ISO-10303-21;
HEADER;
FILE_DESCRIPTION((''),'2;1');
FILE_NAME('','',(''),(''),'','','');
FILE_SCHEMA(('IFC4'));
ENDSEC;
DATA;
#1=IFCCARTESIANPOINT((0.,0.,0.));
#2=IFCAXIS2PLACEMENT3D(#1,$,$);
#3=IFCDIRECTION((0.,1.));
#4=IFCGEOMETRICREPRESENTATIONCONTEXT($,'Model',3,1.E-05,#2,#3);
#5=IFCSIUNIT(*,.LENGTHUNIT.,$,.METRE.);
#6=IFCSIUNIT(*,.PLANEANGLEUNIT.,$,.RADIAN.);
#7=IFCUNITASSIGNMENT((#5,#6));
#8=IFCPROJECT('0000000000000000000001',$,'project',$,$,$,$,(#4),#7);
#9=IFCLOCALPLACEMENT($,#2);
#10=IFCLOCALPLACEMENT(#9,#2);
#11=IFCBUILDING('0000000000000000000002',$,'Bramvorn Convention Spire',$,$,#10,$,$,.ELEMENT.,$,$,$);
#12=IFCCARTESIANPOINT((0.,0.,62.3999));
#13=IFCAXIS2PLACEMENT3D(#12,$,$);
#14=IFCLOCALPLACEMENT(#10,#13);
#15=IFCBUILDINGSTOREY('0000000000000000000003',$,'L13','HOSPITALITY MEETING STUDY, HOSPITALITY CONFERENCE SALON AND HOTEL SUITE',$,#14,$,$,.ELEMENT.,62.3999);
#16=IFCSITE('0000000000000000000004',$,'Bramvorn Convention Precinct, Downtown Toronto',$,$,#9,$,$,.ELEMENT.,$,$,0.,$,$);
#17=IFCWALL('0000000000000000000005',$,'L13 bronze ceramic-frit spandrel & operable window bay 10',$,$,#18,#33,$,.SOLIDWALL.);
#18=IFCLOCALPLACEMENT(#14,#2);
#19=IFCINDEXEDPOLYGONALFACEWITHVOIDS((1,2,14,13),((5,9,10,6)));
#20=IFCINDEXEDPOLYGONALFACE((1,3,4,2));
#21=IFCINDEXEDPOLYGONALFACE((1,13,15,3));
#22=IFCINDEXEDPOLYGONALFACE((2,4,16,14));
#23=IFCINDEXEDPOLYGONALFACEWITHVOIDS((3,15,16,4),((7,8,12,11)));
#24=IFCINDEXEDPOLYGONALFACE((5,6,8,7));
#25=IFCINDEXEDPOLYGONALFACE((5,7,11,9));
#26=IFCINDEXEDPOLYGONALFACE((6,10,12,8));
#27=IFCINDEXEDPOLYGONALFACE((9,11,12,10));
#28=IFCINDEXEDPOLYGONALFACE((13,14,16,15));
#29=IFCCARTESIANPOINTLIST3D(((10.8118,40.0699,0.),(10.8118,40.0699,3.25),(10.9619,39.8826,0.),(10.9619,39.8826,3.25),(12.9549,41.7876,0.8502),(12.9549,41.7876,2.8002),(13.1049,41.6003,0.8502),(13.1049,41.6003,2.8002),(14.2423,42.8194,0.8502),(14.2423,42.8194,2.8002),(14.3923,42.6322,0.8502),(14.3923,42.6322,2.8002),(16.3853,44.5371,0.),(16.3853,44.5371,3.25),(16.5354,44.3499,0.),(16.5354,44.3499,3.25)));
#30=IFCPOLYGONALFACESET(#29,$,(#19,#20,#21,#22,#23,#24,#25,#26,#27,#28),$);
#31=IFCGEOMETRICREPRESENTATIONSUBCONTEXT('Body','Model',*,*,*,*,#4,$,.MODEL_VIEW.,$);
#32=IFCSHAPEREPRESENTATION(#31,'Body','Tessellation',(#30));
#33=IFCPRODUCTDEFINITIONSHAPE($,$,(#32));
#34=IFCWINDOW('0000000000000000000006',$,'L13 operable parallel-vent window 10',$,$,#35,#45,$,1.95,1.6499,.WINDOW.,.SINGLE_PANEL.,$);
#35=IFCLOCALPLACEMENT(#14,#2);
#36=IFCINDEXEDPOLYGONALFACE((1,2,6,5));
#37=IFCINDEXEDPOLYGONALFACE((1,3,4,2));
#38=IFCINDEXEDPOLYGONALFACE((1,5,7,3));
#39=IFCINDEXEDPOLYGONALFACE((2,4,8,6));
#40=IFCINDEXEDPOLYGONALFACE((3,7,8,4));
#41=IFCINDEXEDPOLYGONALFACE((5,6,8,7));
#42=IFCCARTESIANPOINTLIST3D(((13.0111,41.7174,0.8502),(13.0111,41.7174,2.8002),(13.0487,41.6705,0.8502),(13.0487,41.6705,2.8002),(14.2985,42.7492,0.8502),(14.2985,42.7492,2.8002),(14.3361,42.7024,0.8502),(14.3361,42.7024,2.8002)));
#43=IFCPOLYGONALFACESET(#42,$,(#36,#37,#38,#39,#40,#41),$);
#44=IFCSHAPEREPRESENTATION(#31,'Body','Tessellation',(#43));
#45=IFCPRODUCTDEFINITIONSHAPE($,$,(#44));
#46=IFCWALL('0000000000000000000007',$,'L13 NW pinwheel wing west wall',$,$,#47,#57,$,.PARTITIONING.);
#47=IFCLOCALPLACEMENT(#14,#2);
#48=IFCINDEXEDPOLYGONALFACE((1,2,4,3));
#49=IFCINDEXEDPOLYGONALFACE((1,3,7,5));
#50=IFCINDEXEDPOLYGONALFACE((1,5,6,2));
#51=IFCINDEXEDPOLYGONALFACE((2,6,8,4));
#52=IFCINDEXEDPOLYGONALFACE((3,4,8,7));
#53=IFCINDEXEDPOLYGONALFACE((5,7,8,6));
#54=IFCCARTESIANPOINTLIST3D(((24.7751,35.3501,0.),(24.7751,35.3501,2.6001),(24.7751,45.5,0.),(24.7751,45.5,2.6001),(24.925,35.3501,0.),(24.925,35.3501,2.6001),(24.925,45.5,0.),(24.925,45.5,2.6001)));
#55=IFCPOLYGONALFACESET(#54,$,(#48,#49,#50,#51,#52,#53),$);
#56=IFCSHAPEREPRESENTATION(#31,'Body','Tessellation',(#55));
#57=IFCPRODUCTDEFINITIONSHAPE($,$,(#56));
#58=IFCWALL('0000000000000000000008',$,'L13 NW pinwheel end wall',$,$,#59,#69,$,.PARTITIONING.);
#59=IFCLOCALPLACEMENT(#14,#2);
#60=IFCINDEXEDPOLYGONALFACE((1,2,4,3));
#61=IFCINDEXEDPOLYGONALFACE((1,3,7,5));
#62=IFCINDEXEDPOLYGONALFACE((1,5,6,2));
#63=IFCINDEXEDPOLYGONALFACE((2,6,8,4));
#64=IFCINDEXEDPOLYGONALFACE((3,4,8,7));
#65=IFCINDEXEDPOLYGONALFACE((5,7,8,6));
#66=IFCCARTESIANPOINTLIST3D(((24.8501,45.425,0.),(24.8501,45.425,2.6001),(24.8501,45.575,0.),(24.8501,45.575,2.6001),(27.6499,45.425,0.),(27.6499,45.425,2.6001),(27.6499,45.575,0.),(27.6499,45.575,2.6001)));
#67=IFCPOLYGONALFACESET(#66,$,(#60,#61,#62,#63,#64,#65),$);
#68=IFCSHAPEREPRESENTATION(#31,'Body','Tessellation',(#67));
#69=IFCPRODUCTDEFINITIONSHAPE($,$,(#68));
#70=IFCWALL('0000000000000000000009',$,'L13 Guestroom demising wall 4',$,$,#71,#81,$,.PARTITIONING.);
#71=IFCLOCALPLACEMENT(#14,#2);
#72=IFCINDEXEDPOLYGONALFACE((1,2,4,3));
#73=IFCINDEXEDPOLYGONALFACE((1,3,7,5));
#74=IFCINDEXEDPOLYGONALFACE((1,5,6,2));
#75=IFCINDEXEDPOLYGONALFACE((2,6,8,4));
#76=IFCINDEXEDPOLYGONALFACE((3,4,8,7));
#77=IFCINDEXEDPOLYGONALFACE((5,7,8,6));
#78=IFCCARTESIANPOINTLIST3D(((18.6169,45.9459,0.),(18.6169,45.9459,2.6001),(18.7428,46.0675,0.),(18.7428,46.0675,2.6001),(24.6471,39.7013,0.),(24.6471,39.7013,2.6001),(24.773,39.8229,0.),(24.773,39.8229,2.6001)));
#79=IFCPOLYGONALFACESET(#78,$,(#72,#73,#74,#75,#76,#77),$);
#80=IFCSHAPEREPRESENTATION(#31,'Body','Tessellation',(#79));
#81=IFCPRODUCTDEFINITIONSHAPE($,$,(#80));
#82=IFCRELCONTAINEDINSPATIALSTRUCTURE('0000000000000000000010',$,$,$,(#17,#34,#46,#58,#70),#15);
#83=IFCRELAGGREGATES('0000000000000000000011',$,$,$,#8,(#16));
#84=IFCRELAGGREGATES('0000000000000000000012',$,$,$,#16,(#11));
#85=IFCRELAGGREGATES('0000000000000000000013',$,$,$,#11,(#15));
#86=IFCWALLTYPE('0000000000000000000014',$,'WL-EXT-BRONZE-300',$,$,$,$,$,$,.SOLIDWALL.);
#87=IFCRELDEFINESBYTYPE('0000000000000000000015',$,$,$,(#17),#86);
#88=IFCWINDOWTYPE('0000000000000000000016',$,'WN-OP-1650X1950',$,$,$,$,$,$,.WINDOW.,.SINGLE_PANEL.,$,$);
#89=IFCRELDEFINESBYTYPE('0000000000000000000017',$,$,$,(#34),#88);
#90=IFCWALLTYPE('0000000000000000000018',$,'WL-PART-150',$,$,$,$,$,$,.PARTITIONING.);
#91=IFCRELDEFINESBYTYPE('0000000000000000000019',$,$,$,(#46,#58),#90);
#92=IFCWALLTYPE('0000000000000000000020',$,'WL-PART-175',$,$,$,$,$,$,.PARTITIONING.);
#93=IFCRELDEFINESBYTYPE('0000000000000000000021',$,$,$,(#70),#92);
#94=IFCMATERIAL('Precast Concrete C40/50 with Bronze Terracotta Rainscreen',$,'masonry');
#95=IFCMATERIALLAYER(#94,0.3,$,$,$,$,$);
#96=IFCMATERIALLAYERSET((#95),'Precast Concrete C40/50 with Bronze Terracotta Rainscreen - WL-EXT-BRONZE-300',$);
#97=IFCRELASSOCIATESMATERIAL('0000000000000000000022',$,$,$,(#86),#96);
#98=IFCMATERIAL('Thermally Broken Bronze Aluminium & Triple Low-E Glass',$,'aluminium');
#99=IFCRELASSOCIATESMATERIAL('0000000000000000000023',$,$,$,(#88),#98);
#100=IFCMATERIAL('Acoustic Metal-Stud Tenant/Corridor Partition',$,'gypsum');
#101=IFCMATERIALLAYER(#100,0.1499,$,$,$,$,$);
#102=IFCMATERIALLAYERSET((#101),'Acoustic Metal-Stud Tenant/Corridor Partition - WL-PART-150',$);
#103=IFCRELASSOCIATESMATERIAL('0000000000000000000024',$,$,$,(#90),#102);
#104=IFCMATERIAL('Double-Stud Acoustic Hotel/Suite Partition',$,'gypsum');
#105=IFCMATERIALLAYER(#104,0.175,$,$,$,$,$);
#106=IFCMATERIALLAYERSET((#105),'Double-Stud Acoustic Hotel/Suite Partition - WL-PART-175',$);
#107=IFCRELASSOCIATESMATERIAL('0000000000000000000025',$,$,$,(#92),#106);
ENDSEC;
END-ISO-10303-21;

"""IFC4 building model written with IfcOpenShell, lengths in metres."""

from ifc_helpers import new_model, si_unit, direction, frame, frame_2d, origin, place, context, subcontext, project, spatial, rectangle, extrude, material, layer, layer_set, type_object, element, fill, save


model = new_model("IFC4")

# Units and contexts
model_context = context("Model", 3, precision=1e-05, world=origin(), true_north=direction((0.0, 1.0)))
body_context = subcontext(model_context, "Body", "Model", "MODEL_VIEW")
ifc_project = project(units=[si_unit("LENGTHUNIT", "METRE"), si_unit("PLANEANGLEUNIT", "RADIAN")], contexts=[model_context])

# Site, building, storey
site_placement = place(None, origin())
site = spatial("IfcSite", under=ifc_project, at=site_placement, Name="Bramvorn Convention Precinct, Downtown Toronto", CompositionType="ELEMENT", RefElevation=0.0)
building_placement = place(site_placement, origin())
building = spatial("IfcBuilding", under=site, at=building_placement, Name="Bramvorn Convention Spire", CompositionType="ELEMENT")
storey_placement = place(building_placement, frame((0.0, 0.0, 62.3999)))
storey = spatial("IfcBuildingStorey", under=building, at=storey_placement, Name="L13", Description="HOSPITALITY MEETING STUDY, HOSPITALITY CONFERENCE SALON AND HOTEL SUITE", CompositionType="ELEMENT", Elevation=62.3999)

# Shared definitions
ifc_material_1 = material(Name="Precast Concrete C40/50 with Bronze Terracotta Rainscreen", Category="masonry")
ifc_layer_1 = layer(ifc_material_1, 0.3)
ifc_layer_set_1 = layer_set([ifc_layer_1], Name="Precast Concrete C40/50 with Bronze Terracotta Rainscreen - WL-EXT-BRONZE-300")
wall_type_1 = type_object("IfcWallType", Name="WL-EXT-BRONZE-300", PredefinedType="SOLIDWALL", material=ifc_layer_set_1)

# Wall, opening, window
wall_1_placement = place(storey_placement, frame((10.887, 39.9763, 0.0), z_axis=(0.0, 0.0, 1.0), x_axis=(0.780288, 0.62542, 0.0)))
wall_1 = element("IfcWall", 1, at=wall_1_placement, inside=storey, type_object=wall_type_1, Name="L13 bronze ceramic-frit spandrel & operable window bay 10", PredefinedType="SOLIDWALL", context=body_context, shape_type="SweptSolid", body=[
    extrude(rectangle(XDim=7.1428, YDim=0.24, at=frame_2d((3.5713, 0.0))), origin(), (0.0, 0.0, 1.0), 3.25),
])
opening_placement = place(wall_1_placement, frame((2.7463, 0.0, 0.8501)))
opening = element("IfcOpeningElement", 2, at=opening_placement, cuts=wall_1, PredefinedType="OPENING", context=body_context, shape_type="SweptSolid", body=[
    extrude(rectangle(XDim=1.6499, YDim=1.95, at=frame_2d((0.825, 0.9751))), frame((0.0, 0.1299, 0.0), z_axis=(0.0, -1.0, 0.0), x_axis=(1.0, 0.0, 0.0)), (0.0, 0.0, 1.0), 0.26),
])
ifc_material_2 = material(Name="Thermally Broken Bronze Aluminium & Triple Low-E Glass", Category="aluminium")
window_type = type_object("IfcWindowType", Name="WN-OP-1650X1950", PartitioningType="SINGLE_PANEL", PredefinedType="WINDOW", material=ifc_material_2)
window_placement = place(opening_placement, origin())
window = element("IfcWindow", 3, at=window_placement, inside=storey, type_object=window_type, Name="L13 operable parallel-vent window 10", OverallHeight=1.95, OverallWidth=1.6499, PartitioningType="SINGLE_PANEL", PredefinedType="WINDOW", context=body_context, shape_type="SweptSolid", body=[
    extrude(rectangle(XDim=1.6499, YDim=1.95, at=frame_2d((0.825, 0.9751))), frame((0.0, 0.03, 0.0), z_axis=(0.0, -1.0, 0.0), x_axis=(1.0, 0.0, 0.0)), (0.0, 0.0, 1.0), 0.0601),
])
fill(opening, window)

# Walls
ifc_material_3 = material(Name="Acoustic Metal-Stud Tenant/Corridor Partition", Category="gypsum")
ifc_layer_2 = layer(ifc_material_3, 0.1499)
ifc_layer_set_2 = layer_set([ifc_layer_2], Name="Acoustic Metal-Stud Tenant/Corridor Partition - WL-PART-150")
wall_type_2 = type_object("IfcWallType", Name="WL-PART-150", PredefinedType="PARTITIONING", material=ifc_layer_set_2)
wall_2_placement = place(storey_placement, frame((24.8501, 35.3501, 0.0), z_axis=(0.0, 0.0, 1.0), x_axis=(0.0, 1.0, 0.0)))
element("IfcWall", 4, at=wall_2_placement, inside=storey, type_object=wall_type_2, Name="L13 NW pinwheel wing west wall", PredefinedType="PARTITIONING", context=body_context, shape_type="SweptSolid", body=[
    extrude(rectangle(XDim=10.1499, YDim=0.1499, at=frame_2d((5.075, 0.0))), origin(), (0.0, 0.0, 1.0), 2.6001),
])
wall_3_placement = place(storey_placement, frame((24.8501, 45.5, 0.0), z_axis=(0.0, 0.0, 1.0), x_axis=(1.0, 0.0, 0.0)))
element("IfcWall", 5, at=wall_3_placement, inside=storey, type_object=wall_type_2, Name="L13 NW pinwheel end wall", PredefinedType="PARTITIONING", context=body_context, shape_type="SweptSolid", body=[
    extrude(rectangle(XDim=2.7998, YDim=0.1499, at=frame_2d((1.3999, 0.0))), origin(), (0.0, 0.0, 1.0), 2.6001),
])
ifc_material_4 = material(Name="Double-Stud Acoustic Hotel/Suite Partition", Category="gypsum")
ifc_layer_3 = layer(ifc_material_4, 0.175)
ifc_layer_set_3 = layer_set([ifc_layer_3], Name="Double-Stud Acoustic Hotel/Suite Partition - WL-PART-175")
wall_type_3 = type_object("IfcWallType", Name="WL-PART-175", PredefinedType="PARTITIONING", material=ifc_layer_set_3)
wall_4_placement = place(storey_placement, frame((24.71, 39.7622, 0.0), z_axis=(0.0, 0.0, 1.0), x_axis=(-0.694653, 0.719345, 0.0)))
element("IfcWall", 6, at=wall_4_placement, inside=storey, type_object=wall_type_3, Name="L13 Guestroom demising wall 4", PredefinedType="PARTITIONING", context=body_context, shape_type="SweptSolid", body=[
    extrude(rectangle(XDim=8.6809, YDim=0.175, at=frame_2d((4.3403, 0.0))), origin(), (0.0, 0.0, 1.0), 2.6001),
])

save(model, "model.ifc")
